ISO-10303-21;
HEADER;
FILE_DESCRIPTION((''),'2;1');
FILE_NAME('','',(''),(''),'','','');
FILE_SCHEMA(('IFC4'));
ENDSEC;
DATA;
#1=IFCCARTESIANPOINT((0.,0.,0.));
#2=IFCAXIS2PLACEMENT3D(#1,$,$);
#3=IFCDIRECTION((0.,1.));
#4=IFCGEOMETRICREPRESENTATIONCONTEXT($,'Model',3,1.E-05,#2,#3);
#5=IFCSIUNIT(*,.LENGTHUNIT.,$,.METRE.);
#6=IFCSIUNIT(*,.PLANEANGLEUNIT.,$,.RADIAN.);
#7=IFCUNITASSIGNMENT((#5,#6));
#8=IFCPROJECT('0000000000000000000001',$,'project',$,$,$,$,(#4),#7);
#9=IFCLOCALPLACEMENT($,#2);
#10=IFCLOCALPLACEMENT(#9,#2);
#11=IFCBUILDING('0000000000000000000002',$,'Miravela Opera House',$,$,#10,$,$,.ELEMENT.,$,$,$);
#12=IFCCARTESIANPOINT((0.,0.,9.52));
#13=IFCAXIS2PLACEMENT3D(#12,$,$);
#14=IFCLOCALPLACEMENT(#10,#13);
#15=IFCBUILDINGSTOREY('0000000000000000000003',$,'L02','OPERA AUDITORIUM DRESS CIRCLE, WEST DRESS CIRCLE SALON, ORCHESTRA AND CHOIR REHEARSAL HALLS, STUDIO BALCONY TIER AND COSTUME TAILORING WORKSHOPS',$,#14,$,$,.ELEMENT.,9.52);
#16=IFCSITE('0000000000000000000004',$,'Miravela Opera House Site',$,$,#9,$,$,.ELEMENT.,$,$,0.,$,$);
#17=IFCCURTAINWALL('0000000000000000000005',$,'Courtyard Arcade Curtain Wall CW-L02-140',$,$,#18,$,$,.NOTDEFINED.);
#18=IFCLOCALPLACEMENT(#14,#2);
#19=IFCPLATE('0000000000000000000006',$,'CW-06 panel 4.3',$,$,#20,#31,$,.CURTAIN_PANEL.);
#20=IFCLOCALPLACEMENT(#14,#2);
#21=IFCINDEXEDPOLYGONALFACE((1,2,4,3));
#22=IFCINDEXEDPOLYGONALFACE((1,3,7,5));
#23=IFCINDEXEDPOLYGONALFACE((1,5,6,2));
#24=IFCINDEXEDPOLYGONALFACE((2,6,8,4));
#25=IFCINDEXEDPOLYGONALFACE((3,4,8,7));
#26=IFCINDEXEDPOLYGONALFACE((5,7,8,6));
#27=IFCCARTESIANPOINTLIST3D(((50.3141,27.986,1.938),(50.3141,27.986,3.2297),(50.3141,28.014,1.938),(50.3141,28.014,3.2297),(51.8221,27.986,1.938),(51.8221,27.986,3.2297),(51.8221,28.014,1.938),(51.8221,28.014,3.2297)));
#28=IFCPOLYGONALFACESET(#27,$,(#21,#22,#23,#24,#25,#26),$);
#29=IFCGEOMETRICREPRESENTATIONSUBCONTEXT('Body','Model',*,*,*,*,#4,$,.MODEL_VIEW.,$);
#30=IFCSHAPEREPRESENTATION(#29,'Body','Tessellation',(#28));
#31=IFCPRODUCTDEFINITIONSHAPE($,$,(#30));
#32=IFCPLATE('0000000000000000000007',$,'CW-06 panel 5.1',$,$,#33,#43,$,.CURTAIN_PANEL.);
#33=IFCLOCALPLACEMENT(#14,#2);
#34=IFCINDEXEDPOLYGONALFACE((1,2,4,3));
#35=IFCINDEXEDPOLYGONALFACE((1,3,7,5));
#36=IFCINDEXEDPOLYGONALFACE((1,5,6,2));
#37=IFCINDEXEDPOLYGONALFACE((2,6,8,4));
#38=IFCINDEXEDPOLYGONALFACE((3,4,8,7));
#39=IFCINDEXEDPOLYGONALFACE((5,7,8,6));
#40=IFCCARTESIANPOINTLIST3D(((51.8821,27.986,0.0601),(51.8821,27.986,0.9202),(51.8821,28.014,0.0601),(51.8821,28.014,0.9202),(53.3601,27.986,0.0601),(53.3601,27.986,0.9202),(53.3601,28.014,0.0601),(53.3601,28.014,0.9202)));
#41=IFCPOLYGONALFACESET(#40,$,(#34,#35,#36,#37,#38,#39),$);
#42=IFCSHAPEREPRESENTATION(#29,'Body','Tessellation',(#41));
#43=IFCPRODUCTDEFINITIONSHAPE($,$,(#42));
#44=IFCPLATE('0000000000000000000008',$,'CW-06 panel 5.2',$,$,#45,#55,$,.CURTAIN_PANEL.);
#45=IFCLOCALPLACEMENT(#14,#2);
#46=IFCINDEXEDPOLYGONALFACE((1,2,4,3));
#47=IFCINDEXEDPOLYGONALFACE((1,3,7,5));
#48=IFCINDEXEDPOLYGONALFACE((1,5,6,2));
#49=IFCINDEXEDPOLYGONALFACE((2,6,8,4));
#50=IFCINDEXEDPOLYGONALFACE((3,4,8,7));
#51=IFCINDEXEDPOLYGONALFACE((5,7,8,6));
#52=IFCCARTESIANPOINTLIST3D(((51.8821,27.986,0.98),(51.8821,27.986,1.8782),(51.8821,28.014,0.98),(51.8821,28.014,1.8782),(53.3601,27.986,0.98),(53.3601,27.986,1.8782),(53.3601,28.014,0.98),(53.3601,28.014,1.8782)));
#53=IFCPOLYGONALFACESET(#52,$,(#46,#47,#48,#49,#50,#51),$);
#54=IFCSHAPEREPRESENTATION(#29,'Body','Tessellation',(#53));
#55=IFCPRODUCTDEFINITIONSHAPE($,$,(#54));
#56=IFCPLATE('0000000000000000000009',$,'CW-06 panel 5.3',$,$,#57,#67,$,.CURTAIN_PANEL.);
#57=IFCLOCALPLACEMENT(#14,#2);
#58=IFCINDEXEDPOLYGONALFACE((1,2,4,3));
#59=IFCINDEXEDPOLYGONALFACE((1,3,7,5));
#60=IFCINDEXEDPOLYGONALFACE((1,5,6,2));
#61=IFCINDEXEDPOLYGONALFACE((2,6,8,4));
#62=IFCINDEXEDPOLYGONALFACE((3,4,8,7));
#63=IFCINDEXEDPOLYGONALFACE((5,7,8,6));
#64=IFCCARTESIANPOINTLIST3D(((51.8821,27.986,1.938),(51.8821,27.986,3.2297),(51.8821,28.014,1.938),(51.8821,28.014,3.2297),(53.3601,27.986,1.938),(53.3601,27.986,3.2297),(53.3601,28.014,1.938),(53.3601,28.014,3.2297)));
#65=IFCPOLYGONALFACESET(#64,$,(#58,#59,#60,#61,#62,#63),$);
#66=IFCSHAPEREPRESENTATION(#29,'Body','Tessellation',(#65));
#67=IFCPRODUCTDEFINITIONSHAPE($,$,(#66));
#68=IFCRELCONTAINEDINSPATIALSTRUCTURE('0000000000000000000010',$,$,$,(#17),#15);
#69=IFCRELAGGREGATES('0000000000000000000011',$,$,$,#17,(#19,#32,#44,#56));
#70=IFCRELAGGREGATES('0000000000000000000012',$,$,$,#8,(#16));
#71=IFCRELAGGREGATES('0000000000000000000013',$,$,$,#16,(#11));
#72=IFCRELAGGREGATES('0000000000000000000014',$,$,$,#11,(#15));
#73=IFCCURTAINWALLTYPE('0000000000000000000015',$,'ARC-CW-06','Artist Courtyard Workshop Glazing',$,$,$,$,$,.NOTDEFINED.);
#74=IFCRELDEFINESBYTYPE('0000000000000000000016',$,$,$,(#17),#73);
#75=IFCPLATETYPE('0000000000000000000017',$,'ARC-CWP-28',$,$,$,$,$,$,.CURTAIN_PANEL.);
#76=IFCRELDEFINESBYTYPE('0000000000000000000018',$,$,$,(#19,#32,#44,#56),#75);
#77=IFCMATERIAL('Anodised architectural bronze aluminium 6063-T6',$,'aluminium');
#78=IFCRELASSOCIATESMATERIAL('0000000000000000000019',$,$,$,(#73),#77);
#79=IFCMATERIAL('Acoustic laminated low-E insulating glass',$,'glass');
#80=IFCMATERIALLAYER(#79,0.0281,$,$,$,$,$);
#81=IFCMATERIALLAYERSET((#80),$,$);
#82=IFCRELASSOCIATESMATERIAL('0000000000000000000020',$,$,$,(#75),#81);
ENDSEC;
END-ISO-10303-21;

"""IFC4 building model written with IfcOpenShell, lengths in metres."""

from ifc_helpers import new_model, si_unit, direction, frame, origin, origin_2d, place, context, subcontext, project, spatial, rectangle, extrude, material, layer, layer_set, type_object, element, aggregate, save


model = new_model("IFC4")

# Units and contexts
model_context = context("Model", 3, precision=1e-05, world=origin(), true_north=direction((0.0, 1.0)))
body_context = subcontext(model_context, "Body", "Model", "MODEL_VIEW")
ifc_project = project(units=[si_unit("LENGTHUNIT", "METRE"), si_unit("PLANEANGLEUNIT", "RADIAN")], contexts=[model_context])

# Site, building, storey
site_placement = place(None, origin())
site = spatial("IfcSite", under=ifc_project, at=site_placement, Name="Miravela Opera House Site", CompositionType="ELEMENT", RefElevation=0.0)
building_placement = place(site_placement, origin())
building = spatial("IfcBuilding", under=site, at=building_placement, Name="Miravela Opera House", CompositionType="ELEMENT")
storey_placement = place(building_placement, frame((0.0, 0.0, 9.52)))
storey = spatial("IfcBuildingStorey", under=building, at=storey_placement, Name="L02", Description="OPERA AUDITORIUM DRESS CIRCLE, WEST DRESS CIRCLE SALON, ORCHESTRA AND CHOIR REHEARSAL HALLS, STUDIO BALCONY TIER AND COSTUME TAILORING WORKSHOPS", CompositionType="ELEMENT", Elevation=9.52)

# Curtain wall
ifc_material_1 = material(Name="Anodised architectural bronze aluminium 6063-T6", Category="aluminium")
curtain_wall_type = type_object("IfcCurtainWallType", Name="ARC-CW-06", Description="Artist Courtyard Workshop Glazing", PredefinedType="NOTDEFINED", material=ifc_material_1)
curtain_wall_1_placement = place(storey_placement, origin())
curtain_wall_1 = element("IfcCurtainWall", 1, at=curtain_wall_1_placement, inside=storey, type_object=curtain_wall_type, Name="Courtyard Arcade Curtain Wall CW-L02-140", PredefinedType="NOTDEFINED")

# Plates
ifc_material_2 = material(Name="Acoustic laminated low-E insulating glass", Category="glass")
ifc_layer = layer(ifc_material_2, 0.0281)
ifc_layer_set = layer_set([ifc_layer])
plate_type = type_object("IfcPlateType", Name="ARC-CWP-28", PredefinedType="CURTAIN_PANEL", material=ifc_layer_set)
plate_1_placement = place(storey_placement, frame((51.0681, 28.0, 1.938), z_axis=(0.0, 0.0, 1.0), x_axis=(1.0, 0.0, 0.0)))
plate_1 = element("IfcPlate", 2, at=plate_1_placement, type_object=plate_type, Name="CW-06 panel 4.3", PredefinedType="CURTAIN_PANEL", context=body_context, shape_type="SweptSolid", body=[
    extrude(rectangle(XDim=1.5081, YDim=0.0281, at=origin_2d()), origin(), (0.0, 0.0, 1.0), 1.2917),
])
plate_2_placement = place(storey_placement, frame((52.6211, 28.0, 0.0601), z_axis=(0.0, 0.0, 1.0), x_axis=(1.0, 0.0, 0.0)))
plate_2 = element("IfcPlate", 3, at=plate_2_placement, type_object=plate_type, Name="CW-06 panel 5.1", PredefinedType="CURTAIN_PANEL", context=body_context, shape_type="SweptSolid", body=[
    extrude(rectangle(XDim=1.478, YDim=0.0281, at=origin_2d()), origin(), (0.0, 0.0, 1.0), 0.8601),
])
plate_3_placement = place(storey_placement, frame((52.6211, 28.0, 0.98), z_axis=(0.0, 0.0, 1.0), x_axis=(1.0, 0.0, 0.0)))
plate_3 = element("IfcPlate", 4, at=plate_3_placement, type_object=plate_type, Name="CW-06 panel 5.2", PredefinedType="CURTAIN_PANEL", context=body_context, shape_type="SweptSolid", body=[
    extrude(rectangle(XDim=1.478, YDim=0.0281, at=origin_2d()), origin(), (0.0, 0.0, 1.0), 0.8982),
])
plate_4_placement = place(storey_placement, frame((52.6211, 28.0, 1.938), z_axis=(0.0, 0.0, 1.0), x_axis=(1.0, 0.0, 0.0)))
plate_4 = element("IfcPlate", 5, at=plate_4_placement, type_object=plate_type, Name="CW-06 panel 5.3", PredefinedType="CURTAIN_PANEL", context=body_context, shape_type="SweptSolid", body=[
    extrude(rectangle(XDim=1.478, YDim=0.0281, at=origin_2d()), origin(), (0.0, 0.0, 1.0), 1.2917),
])
aggregate(curtain_wall_1, [plate_1, plate_2, plate_3, plate_4])

save(model, "model.ifc")
